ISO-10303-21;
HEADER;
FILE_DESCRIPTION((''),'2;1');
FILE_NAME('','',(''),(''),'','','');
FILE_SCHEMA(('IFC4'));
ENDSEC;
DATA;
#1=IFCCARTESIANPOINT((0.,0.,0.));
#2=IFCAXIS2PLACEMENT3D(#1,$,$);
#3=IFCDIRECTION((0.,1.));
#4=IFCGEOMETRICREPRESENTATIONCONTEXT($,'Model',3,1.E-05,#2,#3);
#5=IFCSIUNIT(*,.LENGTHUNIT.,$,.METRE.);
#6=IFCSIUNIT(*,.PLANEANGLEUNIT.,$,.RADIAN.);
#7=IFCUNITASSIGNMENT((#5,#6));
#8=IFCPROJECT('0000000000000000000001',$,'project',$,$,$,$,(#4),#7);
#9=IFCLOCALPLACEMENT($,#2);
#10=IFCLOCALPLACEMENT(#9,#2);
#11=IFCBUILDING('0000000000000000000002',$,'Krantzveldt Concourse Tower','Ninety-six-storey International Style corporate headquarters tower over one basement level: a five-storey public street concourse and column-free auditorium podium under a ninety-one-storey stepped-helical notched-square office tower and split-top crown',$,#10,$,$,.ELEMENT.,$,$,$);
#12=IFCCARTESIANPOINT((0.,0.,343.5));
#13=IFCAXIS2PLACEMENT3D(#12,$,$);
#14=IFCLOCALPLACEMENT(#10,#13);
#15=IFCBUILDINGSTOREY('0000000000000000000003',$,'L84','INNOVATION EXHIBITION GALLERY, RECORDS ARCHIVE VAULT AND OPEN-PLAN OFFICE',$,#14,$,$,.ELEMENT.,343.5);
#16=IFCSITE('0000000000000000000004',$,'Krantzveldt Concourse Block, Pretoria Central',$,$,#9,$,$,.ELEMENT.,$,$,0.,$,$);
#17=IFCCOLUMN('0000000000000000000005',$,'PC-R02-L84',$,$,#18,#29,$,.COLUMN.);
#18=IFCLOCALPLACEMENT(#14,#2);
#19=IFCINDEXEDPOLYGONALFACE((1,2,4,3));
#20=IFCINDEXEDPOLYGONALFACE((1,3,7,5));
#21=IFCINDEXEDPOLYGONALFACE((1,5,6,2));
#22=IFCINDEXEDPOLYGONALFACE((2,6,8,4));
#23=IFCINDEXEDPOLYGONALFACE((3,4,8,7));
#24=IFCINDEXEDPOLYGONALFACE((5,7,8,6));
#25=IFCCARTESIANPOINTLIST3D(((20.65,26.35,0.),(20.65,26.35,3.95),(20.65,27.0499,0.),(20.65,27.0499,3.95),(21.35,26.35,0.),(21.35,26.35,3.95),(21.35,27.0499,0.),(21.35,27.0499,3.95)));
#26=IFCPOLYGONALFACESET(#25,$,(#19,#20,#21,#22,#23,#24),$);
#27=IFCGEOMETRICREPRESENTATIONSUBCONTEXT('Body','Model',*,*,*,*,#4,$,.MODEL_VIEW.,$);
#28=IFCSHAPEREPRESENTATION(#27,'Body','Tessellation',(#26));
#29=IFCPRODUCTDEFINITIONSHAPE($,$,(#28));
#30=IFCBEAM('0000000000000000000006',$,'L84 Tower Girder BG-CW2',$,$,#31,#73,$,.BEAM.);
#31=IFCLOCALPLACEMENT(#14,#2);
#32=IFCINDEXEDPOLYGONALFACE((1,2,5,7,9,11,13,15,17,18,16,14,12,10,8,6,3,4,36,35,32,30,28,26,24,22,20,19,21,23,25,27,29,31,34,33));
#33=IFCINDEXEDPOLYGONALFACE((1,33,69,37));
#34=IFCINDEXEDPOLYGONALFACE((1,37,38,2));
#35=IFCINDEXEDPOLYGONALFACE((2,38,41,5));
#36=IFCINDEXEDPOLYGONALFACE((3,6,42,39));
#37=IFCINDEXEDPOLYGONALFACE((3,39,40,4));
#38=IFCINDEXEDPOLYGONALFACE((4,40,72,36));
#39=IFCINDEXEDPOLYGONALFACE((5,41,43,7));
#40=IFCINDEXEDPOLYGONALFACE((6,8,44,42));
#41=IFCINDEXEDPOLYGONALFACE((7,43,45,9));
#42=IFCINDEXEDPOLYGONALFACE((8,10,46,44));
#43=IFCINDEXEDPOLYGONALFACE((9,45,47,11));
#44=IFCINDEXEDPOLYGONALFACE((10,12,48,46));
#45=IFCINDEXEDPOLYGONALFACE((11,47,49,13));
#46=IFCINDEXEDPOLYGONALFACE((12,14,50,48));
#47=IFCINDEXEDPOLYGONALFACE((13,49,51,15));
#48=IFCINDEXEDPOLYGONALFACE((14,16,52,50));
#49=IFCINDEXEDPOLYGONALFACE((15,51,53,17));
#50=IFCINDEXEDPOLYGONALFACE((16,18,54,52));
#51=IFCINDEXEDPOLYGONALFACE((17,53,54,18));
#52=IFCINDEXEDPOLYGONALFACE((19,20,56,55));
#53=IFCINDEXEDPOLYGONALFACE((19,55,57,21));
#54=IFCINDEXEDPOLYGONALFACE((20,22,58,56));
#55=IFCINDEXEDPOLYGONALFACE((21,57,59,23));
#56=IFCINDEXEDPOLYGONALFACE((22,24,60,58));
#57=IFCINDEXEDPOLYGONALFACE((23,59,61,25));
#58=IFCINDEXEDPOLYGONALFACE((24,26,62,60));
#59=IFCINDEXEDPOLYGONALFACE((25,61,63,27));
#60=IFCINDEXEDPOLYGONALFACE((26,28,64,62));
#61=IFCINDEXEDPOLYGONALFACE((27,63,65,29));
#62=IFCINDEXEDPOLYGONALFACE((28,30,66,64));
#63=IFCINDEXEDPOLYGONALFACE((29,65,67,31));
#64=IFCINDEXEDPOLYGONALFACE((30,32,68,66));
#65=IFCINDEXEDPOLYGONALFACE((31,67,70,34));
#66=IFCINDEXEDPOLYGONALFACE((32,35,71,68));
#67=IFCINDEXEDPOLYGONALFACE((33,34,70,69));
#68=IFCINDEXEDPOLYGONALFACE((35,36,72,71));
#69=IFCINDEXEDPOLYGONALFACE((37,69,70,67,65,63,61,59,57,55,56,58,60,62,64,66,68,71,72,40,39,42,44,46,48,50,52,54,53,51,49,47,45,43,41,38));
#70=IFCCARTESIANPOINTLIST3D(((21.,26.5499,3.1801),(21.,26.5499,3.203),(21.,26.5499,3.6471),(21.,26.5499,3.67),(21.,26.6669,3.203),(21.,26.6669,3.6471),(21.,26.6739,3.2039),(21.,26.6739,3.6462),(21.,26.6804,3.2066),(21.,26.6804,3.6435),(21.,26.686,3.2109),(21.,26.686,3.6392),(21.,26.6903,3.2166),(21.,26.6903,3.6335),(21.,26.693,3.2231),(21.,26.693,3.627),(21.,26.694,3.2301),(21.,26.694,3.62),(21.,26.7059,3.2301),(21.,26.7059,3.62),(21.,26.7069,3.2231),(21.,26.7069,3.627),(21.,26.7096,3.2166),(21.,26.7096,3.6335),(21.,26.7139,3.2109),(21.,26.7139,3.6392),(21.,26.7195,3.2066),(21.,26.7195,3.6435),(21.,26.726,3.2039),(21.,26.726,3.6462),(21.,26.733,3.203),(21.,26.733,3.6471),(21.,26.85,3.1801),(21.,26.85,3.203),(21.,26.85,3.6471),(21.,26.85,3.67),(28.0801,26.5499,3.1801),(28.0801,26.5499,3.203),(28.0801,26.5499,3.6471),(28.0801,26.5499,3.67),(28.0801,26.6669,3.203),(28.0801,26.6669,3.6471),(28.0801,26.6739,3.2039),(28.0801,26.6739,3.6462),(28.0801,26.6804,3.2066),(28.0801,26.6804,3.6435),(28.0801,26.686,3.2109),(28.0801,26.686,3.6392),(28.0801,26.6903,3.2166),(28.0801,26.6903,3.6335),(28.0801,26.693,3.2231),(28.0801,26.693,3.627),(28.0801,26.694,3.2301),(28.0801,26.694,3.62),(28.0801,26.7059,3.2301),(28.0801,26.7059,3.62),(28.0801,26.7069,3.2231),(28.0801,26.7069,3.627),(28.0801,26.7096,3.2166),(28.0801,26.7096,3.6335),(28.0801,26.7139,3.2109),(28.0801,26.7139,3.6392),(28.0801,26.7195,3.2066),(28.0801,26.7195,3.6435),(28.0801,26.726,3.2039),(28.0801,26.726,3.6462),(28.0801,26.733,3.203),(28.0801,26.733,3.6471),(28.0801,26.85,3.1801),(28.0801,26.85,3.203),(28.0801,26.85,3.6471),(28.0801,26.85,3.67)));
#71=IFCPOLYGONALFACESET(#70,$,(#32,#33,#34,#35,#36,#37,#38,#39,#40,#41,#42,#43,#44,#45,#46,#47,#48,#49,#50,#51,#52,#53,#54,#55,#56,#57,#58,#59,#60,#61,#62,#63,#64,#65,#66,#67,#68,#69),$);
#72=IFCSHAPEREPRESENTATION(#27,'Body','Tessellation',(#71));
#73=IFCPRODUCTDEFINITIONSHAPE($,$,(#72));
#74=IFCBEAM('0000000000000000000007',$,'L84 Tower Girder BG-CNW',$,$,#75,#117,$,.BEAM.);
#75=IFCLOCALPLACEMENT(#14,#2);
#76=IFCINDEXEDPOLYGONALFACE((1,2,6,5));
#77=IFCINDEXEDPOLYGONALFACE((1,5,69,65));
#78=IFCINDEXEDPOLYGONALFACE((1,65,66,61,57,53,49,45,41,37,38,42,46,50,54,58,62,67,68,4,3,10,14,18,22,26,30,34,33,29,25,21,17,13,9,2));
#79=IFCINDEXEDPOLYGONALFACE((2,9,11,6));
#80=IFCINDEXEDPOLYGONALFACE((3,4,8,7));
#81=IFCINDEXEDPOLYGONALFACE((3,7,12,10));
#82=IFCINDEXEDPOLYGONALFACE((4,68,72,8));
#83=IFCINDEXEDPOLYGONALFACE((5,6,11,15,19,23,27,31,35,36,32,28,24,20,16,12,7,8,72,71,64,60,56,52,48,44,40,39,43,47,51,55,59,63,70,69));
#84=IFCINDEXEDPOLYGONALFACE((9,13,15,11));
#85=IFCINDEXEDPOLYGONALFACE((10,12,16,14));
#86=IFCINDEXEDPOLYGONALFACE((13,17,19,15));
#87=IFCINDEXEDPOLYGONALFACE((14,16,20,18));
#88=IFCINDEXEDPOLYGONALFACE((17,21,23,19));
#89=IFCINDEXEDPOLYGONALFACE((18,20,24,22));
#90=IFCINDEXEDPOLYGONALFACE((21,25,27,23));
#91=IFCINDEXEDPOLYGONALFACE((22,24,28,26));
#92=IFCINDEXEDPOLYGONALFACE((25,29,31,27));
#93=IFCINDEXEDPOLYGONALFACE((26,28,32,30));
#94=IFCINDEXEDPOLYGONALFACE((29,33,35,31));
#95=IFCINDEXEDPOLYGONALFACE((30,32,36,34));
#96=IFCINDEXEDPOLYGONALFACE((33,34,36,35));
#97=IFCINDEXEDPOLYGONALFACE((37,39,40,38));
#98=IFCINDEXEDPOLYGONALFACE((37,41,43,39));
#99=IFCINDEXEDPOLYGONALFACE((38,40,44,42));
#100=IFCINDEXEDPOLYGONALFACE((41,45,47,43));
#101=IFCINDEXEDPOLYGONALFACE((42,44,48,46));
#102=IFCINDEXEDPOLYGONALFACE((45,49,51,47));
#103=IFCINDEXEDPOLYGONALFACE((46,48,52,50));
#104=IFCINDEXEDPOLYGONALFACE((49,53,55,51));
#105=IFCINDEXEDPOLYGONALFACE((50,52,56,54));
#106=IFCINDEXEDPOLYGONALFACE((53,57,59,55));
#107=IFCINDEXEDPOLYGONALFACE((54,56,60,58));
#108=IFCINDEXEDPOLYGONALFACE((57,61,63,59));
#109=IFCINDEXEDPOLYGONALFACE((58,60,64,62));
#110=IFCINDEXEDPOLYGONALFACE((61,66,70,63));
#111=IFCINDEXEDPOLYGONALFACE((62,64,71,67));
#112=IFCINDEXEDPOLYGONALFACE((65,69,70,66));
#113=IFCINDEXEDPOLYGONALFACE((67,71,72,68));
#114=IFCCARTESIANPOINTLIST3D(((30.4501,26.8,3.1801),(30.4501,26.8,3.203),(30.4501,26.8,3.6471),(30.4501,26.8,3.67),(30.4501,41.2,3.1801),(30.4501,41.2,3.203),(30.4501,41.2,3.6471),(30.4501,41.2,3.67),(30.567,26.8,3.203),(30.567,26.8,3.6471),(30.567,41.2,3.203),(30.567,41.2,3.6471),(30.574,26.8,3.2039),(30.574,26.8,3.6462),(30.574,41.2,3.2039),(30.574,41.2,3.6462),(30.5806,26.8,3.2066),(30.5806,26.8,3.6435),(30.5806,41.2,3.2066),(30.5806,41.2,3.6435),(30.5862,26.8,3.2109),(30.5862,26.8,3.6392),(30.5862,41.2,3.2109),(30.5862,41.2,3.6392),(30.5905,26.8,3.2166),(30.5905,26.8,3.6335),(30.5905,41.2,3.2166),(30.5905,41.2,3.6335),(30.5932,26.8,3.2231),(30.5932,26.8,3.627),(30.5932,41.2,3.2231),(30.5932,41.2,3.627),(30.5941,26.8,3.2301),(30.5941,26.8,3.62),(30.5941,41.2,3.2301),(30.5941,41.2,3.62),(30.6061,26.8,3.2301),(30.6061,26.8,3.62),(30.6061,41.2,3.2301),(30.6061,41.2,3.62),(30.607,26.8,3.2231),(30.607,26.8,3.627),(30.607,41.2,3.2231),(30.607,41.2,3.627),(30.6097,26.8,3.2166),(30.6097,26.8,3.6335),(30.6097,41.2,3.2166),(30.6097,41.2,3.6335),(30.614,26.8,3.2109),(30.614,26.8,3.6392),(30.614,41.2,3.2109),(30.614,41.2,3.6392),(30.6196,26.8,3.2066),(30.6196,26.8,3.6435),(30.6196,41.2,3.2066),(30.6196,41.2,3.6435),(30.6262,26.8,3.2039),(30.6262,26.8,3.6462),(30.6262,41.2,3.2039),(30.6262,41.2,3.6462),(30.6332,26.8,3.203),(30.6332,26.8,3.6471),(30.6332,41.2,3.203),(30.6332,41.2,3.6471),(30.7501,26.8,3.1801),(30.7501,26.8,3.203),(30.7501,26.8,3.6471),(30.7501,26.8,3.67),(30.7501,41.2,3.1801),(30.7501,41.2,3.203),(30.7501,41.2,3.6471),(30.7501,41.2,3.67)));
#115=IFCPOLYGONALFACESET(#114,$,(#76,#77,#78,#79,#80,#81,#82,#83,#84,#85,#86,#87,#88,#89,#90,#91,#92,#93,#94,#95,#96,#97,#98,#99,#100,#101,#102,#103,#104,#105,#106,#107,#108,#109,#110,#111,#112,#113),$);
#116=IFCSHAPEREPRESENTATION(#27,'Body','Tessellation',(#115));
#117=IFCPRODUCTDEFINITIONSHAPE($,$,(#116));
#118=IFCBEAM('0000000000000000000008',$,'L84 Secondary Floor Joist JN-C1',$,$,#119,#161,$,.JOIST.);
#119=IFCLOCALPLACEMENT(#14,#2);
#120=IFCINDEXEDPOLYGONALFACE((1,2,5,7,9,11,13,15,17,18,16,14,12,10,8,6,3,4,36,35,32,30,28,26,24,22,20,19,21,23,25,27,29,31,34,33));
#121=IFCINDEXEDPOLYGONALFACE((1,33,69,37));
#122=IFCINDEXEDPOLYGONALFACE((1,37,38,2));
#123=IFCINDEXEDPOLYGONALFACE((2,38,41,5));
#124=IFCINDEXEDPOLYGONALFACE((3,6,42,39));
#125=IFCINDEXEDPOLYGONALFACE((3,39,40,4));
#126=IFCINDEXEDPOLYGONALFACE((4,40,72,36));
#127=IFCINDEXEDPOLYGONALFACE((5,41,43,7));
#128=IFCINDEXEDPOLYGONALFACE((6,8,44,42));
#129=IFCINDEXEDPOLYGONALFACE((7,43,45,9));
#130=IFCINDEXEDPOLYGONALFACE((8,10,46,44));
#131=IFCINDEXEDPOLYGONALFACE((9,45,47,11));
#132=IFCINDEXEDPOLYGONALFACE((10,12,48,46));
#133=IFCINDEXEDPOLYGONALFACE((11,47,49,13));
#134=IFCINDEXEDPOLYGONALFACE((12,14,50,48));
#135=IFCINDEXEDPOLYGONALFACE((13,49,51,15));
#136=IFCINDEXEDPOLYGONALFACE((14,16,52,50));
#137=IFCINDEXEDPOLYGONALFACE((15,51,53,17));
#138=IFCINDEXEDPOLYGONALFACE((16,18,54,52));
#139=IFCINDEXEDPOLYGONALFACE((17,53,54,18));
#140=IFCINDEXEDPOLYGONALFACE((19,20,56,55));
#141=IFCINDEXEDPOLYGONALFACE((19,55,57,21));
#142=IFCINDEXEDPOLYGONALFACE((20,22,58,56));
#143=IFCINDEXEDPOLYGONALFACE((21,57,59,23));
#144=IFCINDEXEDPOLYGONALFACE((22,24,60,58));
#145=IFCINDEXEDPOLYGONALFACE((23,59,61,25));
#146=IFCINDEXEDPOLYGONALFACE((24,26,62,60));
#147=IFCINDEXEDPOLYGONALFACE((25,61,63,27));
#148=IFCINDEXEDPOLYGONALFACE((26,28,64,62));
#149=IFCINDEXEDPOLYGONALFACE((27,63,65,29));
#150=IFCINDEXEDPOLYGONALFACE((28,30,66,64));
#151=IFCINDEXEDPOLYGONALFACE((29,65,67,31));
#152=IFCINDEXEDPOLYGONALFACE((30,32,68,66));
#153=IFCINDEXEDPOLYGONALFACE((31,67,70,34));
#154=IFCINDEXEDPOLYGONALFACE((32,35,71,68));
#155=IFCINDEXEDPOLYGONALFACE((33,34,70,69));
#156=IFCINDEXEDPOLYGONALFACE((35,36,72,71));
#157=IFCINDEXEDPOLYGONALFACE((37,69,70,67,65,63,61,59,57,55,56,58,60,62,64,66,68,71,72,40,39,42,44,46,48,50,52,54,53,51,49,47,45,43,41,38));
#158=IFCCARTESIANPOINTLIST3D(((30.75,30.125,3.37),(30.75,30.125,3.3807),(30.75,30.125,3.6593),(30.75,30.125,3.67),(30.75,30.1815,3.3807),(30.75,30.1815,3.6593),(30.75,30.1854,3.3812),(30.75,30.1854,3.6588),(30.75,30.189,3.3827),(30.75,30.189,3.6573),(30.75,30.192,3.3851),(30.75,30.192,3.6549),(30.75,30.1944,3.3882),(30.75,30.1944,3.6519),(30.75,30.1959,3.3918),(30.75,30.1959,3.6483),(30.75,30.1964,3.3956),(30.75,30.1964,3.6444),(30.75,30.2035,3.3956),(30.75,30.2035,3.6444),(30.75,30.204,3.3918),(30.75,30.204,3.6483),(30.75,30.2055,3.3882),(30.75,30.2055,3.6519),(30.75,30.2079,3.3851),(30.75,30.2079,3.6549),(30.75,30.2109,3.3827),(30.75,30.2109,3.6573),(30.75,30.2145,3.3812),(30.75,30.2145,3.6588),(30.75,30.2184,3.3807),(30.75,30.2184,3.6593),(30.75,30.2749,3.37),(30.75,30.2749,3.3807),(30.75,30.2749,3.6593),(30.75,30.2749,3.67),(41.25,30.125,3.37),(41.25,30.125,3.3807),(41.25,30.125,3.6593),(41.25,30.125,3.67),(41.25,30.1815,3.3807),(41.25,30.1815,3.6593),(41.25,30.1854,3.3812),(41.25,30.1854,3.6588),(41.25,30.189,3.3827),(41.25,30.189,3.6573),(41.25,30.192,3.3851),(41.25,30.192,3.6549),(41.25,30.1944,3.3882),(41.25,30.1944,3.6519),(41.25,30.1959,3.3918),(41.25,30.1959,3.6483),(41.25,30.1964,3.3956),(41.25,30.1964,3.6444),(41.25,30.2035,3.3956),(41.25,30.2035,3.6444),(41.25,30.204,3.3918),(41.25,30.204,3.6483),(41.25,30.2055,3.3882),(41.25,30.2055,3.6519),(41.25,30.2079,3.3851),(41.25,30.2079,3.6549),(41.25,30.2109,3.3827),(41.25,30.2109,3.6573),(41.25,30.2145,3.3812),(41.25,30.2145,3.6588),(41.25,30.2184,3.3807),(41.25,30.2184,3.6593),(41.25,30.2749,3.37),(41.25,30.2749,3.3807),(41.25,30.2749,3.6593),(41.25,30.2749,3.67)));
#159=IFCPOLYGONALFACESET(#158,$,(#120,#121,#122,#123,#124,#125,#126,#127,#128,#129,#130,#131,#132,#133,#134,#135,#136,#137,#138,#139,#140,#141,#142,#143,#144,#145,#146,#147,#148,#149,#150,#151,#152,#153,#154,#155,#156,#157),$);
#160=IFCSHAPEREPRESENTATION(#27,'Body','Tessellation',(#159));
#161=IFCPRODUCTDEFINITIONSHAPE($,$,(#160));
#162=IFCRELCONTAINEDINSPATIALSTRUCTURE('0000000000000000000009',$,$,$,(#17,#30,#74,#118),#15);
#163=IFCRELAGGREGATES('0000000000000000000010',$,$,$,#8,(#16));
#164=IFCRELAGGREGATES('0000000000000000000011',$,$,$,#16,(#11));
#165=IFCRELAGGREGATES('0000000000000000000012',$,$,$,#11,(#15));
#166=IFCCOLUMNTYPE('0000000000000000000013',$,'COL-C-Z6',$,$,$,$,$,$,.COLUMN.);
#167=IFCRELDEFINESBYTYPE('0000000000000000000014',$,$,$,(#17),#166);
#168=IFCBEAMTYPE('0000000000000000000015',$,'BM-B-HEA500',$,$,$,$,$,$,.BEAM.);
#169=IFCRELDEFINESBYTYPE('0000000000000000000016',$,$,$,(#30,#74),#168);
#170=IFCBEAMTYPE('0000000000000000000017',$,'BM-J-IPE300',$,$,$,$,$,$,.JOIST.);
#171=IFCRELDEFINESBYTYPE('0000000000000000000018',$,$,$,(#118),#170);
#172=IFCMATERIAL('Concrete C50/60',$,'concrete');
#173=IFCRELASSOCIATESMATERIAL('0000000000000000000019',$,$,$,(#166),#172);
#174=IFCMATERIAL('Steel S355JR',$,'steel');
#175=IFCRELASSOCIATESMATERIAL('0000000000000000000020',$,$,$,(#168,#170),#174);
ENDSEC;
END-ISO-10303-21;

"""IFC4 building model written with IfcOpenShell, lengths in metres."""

from ifc_helpers import new_model, si_unit, direction, frame, origin, origin_2d, place, context, subcontext, project, spatial, rectangle, i_section, extrude, source, transform, mapped, material, material_profile, profile_set, type_object, type_shapes, element, save


model = new_model("IFC4")

# Units and contexts
model_context = context("Model", 3, precision=1e-05, world=origin(), true_north=direction((0.0, 1.0)))
body_context = subcontext(model_context, "Body", "Model", "MODEL_VIEW")
ifc_project = project(units=[si_unit("LENGTHUNIT", "METRE"), si_unit("PLANEANGLEUNIT", "RADIAN")], contexts=[model_context])

# Site, building, storey
site_placement = place(None, origin())
site = spatial("IfcSite", under=ifc_project, at=site_placement, Name="Krantzveldt Concourse Block, Pretoria Central", CompositionType="ELEMENT", RefElevation=0.0)
building_placement = place(site_placement, origin())
building = spatial("IfcBuilding", under=site, at=building_placement, Name="Krantzveldt Concourse Tower", Description="Ninety-six-storey International Style corporate headquarters tower over one basement level: a five-storey public street concourse and column-free auditorium podium under a ninety-one-storey stepped-helical notched-square office tower and split-top crown", CompositionType="ELEMENT")
storey_placement = place(building_placement, frame((0.0, 0.0, 343.5)))
storey = spatial("IfcBuildingStorey", under=building, at=storey_placement, Name="L84", Description="INNOVATION EXHIBITION GALLERY, RECORDS ARCHIVE VAULT AND OPEN-PLAN OFFICE", CompositionType="ELEMENT", Elevation=343.5)

# Column
ifc_material_1 = material(Name="Concrete C50/60", Category="concrete")
ifc_material_profile_1 = material_profile(ifc_material_1, rectangle(XDim=0.7, YDim=0.7, at=origin_2d()), Name="Concrete C50/60", Category="concrete")
ifc_profile_set_1 = profile_set([ifc_material_profile_1], Name="Concrete C50/60 - RC 700x700")
column_type = type_object("IfcColumnType", Name="COL-C-Z6", PredefinedType="COLUMN", material=ifc_profile_set_1)
shared_shape_1 = source(origin(), body_context, "Body", "SweptSolid", [
    extrude(rectangle(XDim=0.7, YDim=0.7, at=origin_2d()), origin(), (0.0, 0.0, 1.0), 3.95),
])
type_shapes(column_type, [shared_shape_1])
column_placement = place(storey_placement, frame((21.0, 26.7, 0.0), z_axis=(0.0, 0.0, 1.0), x_axis=(1.0, 0.0, 0.0)))
element("IfcColumn", 1, at=column_placement, inside=storey, type_object=column_type, Name="PC-R02-L84", PredefinedType="COLUMN", context=body_context, shape_type="MappedRepresentation", body=[
    mapped(shared_shape_1, transform((0.0, 0.0, 0.0), x_axis=(1.0, 0.0, 0.0), y_axis=(0.0, 1.0, 0.0), z_axis=(0.0, 0.0, 1.0), scale=1.0)),
])

# Beams
ifc_material_2 = material(Name="Steel S355JR", Category="steel")
ifc_material_profile_2 = material_profile(ifc_material_2, i_section(OverallWidth=0.3, OverallDepth=0.49, WebThickness=0.012, FlangeThickness=0.0229, FilletRadius=0.0271, at=origin_2d()), Name="Steel S355JR", Category="steel")
ifc_profile_set_2 = profile_set([ifc_material_profile_2], Name="Steel S355JR - HEA 500")
beam_type_1 = type_object("IfcBeamType", Name="BM-B-HEA500", PredefinedType="BEAM", material=ifc_profile_set_2)
shared_shape_2 = source(origin(), body_context, "Body", "SweptSolid", [
    extrude(i_section(OverallWidth=0.3, OverallDepth=0.49, WebThickness=0.012, FlangeThickness=0.0229, FilletRadius=0.0271, at=origin_2d()), origin(), (0.0, 0.0, 1.0), 7.0801),
])
beam_1_placement = place(storey_placement, frame((21.0, 26.7, 3.425), z_axis=(1.0, 0.0, 0.0), x_axis=(0.0, 1.0, 0.0)))
element("IfcBeam", 2, at=beam_1_placement, inside=storey, type_object=beam_type_1, Name="L84 Tower Girder BG-CW2", PredefinedType="BEAM", context=body_context, shape_type="MappedRepresentation", body=[
    mapped(shared_shape_2, transform((0.0, 0.0, 0.0), x_axis=(1.0, 0.0, 0.0), y_axis=(0.0, 1.0, 0.0), z_axis=(0.0, 0.0, 1.0), scale=1.0)),
])
shared_shape_3 = source(origin(), body_context, "Body", "SweptSolid", [
    extrude(i_section(OverallWidth=0.3, OverallDepth=0.49, WebThickness=0.012, FlangeThickness=0.0229, FilletRadius=0.0271, at=origin_2d()), origin(), (0.0, 0.0, 1.0), 14.3999),
])
type_shapes(beam_type_1, [shared_shape_2, shared_shape_3])
beam_2_placement = place(storey_placement, frame((30.6001, 26.8, 3.425), z_axis=(0.0, 1.0, 0.0), x_axis=(-1.0, 0.0, 0.0)))
element("IfcBeam", 3, at=beam_2_placement, inside=storey, type_object=beam_type_1, Name="L84 Tower Girder BG-CNW", PredefinedType="BEAM", context=body_context, shape_type="MappedRepresentation", body=[
    mapped(shared_shape_3, transform((0.0, 0.0, 0.0), x_axis=(1.0, 0.0, 0.0), y_axis=(0.0, 1.0, 0.0), z_axis=(0.0, 0.0, 1.0), scale=1.0)),
])
ifc_material_profile_3 = material_profile(ifc_material_2, i_section(OverallWidth=0.1499, OverallDepth=0.3, WebThickness=0.0071, FlangeThickness=0.0107, FilletRadius=0.0149, at=origin_2d()), Name="Steel S355JR", Category="steel")
ifc_profile_set_3 = profile_set([ifc_material_profile_3], Name="Steel S355JR - IPE 300")
beam_type_2 = type_object("IfcBeamType", Name="BM-J-IPE300", PredefinedType="JOIST", material=ifc_profile_set_3)
shared_shape_4 = source(origin(), body_context, "Body", "SweptSolid", [
    extrude(i_section(OverallWidth=0.1499, OverallDepth=0.3, WebThickness=0.0071, FlangeThickness=0.0107, FilletRadius=0.0149, at=origin_2d()), origin(), (0.0, 0.0, 1.0), 10.5),
])
beam_3_placement = place(storey_placement, frame((30.75, 30.2, 3.52), z_axis=(1.0, 0.0, 0.0), x_axis=(0.0, 1.0, 0.0)))
element("IfcBeam", 4, at=beam_3_placement, inside=storey, type_object=beam_type_2, Name="L84 Secondary Floor Joist JN-C1", PredefinedType="JOIST", context=body_context, shape_type="MappedRepresentation", body=[
    mapped(shared_shape_4, transform((0.0, 0.0, 0.0), x_axis=(1.0, 0.0, 0.0), y_axis=(0.0, 1.0, 0.0), z_axis=(0.0, 0.0, 1.0), scale=1.0)),
])

save(model, "model.ifc")
